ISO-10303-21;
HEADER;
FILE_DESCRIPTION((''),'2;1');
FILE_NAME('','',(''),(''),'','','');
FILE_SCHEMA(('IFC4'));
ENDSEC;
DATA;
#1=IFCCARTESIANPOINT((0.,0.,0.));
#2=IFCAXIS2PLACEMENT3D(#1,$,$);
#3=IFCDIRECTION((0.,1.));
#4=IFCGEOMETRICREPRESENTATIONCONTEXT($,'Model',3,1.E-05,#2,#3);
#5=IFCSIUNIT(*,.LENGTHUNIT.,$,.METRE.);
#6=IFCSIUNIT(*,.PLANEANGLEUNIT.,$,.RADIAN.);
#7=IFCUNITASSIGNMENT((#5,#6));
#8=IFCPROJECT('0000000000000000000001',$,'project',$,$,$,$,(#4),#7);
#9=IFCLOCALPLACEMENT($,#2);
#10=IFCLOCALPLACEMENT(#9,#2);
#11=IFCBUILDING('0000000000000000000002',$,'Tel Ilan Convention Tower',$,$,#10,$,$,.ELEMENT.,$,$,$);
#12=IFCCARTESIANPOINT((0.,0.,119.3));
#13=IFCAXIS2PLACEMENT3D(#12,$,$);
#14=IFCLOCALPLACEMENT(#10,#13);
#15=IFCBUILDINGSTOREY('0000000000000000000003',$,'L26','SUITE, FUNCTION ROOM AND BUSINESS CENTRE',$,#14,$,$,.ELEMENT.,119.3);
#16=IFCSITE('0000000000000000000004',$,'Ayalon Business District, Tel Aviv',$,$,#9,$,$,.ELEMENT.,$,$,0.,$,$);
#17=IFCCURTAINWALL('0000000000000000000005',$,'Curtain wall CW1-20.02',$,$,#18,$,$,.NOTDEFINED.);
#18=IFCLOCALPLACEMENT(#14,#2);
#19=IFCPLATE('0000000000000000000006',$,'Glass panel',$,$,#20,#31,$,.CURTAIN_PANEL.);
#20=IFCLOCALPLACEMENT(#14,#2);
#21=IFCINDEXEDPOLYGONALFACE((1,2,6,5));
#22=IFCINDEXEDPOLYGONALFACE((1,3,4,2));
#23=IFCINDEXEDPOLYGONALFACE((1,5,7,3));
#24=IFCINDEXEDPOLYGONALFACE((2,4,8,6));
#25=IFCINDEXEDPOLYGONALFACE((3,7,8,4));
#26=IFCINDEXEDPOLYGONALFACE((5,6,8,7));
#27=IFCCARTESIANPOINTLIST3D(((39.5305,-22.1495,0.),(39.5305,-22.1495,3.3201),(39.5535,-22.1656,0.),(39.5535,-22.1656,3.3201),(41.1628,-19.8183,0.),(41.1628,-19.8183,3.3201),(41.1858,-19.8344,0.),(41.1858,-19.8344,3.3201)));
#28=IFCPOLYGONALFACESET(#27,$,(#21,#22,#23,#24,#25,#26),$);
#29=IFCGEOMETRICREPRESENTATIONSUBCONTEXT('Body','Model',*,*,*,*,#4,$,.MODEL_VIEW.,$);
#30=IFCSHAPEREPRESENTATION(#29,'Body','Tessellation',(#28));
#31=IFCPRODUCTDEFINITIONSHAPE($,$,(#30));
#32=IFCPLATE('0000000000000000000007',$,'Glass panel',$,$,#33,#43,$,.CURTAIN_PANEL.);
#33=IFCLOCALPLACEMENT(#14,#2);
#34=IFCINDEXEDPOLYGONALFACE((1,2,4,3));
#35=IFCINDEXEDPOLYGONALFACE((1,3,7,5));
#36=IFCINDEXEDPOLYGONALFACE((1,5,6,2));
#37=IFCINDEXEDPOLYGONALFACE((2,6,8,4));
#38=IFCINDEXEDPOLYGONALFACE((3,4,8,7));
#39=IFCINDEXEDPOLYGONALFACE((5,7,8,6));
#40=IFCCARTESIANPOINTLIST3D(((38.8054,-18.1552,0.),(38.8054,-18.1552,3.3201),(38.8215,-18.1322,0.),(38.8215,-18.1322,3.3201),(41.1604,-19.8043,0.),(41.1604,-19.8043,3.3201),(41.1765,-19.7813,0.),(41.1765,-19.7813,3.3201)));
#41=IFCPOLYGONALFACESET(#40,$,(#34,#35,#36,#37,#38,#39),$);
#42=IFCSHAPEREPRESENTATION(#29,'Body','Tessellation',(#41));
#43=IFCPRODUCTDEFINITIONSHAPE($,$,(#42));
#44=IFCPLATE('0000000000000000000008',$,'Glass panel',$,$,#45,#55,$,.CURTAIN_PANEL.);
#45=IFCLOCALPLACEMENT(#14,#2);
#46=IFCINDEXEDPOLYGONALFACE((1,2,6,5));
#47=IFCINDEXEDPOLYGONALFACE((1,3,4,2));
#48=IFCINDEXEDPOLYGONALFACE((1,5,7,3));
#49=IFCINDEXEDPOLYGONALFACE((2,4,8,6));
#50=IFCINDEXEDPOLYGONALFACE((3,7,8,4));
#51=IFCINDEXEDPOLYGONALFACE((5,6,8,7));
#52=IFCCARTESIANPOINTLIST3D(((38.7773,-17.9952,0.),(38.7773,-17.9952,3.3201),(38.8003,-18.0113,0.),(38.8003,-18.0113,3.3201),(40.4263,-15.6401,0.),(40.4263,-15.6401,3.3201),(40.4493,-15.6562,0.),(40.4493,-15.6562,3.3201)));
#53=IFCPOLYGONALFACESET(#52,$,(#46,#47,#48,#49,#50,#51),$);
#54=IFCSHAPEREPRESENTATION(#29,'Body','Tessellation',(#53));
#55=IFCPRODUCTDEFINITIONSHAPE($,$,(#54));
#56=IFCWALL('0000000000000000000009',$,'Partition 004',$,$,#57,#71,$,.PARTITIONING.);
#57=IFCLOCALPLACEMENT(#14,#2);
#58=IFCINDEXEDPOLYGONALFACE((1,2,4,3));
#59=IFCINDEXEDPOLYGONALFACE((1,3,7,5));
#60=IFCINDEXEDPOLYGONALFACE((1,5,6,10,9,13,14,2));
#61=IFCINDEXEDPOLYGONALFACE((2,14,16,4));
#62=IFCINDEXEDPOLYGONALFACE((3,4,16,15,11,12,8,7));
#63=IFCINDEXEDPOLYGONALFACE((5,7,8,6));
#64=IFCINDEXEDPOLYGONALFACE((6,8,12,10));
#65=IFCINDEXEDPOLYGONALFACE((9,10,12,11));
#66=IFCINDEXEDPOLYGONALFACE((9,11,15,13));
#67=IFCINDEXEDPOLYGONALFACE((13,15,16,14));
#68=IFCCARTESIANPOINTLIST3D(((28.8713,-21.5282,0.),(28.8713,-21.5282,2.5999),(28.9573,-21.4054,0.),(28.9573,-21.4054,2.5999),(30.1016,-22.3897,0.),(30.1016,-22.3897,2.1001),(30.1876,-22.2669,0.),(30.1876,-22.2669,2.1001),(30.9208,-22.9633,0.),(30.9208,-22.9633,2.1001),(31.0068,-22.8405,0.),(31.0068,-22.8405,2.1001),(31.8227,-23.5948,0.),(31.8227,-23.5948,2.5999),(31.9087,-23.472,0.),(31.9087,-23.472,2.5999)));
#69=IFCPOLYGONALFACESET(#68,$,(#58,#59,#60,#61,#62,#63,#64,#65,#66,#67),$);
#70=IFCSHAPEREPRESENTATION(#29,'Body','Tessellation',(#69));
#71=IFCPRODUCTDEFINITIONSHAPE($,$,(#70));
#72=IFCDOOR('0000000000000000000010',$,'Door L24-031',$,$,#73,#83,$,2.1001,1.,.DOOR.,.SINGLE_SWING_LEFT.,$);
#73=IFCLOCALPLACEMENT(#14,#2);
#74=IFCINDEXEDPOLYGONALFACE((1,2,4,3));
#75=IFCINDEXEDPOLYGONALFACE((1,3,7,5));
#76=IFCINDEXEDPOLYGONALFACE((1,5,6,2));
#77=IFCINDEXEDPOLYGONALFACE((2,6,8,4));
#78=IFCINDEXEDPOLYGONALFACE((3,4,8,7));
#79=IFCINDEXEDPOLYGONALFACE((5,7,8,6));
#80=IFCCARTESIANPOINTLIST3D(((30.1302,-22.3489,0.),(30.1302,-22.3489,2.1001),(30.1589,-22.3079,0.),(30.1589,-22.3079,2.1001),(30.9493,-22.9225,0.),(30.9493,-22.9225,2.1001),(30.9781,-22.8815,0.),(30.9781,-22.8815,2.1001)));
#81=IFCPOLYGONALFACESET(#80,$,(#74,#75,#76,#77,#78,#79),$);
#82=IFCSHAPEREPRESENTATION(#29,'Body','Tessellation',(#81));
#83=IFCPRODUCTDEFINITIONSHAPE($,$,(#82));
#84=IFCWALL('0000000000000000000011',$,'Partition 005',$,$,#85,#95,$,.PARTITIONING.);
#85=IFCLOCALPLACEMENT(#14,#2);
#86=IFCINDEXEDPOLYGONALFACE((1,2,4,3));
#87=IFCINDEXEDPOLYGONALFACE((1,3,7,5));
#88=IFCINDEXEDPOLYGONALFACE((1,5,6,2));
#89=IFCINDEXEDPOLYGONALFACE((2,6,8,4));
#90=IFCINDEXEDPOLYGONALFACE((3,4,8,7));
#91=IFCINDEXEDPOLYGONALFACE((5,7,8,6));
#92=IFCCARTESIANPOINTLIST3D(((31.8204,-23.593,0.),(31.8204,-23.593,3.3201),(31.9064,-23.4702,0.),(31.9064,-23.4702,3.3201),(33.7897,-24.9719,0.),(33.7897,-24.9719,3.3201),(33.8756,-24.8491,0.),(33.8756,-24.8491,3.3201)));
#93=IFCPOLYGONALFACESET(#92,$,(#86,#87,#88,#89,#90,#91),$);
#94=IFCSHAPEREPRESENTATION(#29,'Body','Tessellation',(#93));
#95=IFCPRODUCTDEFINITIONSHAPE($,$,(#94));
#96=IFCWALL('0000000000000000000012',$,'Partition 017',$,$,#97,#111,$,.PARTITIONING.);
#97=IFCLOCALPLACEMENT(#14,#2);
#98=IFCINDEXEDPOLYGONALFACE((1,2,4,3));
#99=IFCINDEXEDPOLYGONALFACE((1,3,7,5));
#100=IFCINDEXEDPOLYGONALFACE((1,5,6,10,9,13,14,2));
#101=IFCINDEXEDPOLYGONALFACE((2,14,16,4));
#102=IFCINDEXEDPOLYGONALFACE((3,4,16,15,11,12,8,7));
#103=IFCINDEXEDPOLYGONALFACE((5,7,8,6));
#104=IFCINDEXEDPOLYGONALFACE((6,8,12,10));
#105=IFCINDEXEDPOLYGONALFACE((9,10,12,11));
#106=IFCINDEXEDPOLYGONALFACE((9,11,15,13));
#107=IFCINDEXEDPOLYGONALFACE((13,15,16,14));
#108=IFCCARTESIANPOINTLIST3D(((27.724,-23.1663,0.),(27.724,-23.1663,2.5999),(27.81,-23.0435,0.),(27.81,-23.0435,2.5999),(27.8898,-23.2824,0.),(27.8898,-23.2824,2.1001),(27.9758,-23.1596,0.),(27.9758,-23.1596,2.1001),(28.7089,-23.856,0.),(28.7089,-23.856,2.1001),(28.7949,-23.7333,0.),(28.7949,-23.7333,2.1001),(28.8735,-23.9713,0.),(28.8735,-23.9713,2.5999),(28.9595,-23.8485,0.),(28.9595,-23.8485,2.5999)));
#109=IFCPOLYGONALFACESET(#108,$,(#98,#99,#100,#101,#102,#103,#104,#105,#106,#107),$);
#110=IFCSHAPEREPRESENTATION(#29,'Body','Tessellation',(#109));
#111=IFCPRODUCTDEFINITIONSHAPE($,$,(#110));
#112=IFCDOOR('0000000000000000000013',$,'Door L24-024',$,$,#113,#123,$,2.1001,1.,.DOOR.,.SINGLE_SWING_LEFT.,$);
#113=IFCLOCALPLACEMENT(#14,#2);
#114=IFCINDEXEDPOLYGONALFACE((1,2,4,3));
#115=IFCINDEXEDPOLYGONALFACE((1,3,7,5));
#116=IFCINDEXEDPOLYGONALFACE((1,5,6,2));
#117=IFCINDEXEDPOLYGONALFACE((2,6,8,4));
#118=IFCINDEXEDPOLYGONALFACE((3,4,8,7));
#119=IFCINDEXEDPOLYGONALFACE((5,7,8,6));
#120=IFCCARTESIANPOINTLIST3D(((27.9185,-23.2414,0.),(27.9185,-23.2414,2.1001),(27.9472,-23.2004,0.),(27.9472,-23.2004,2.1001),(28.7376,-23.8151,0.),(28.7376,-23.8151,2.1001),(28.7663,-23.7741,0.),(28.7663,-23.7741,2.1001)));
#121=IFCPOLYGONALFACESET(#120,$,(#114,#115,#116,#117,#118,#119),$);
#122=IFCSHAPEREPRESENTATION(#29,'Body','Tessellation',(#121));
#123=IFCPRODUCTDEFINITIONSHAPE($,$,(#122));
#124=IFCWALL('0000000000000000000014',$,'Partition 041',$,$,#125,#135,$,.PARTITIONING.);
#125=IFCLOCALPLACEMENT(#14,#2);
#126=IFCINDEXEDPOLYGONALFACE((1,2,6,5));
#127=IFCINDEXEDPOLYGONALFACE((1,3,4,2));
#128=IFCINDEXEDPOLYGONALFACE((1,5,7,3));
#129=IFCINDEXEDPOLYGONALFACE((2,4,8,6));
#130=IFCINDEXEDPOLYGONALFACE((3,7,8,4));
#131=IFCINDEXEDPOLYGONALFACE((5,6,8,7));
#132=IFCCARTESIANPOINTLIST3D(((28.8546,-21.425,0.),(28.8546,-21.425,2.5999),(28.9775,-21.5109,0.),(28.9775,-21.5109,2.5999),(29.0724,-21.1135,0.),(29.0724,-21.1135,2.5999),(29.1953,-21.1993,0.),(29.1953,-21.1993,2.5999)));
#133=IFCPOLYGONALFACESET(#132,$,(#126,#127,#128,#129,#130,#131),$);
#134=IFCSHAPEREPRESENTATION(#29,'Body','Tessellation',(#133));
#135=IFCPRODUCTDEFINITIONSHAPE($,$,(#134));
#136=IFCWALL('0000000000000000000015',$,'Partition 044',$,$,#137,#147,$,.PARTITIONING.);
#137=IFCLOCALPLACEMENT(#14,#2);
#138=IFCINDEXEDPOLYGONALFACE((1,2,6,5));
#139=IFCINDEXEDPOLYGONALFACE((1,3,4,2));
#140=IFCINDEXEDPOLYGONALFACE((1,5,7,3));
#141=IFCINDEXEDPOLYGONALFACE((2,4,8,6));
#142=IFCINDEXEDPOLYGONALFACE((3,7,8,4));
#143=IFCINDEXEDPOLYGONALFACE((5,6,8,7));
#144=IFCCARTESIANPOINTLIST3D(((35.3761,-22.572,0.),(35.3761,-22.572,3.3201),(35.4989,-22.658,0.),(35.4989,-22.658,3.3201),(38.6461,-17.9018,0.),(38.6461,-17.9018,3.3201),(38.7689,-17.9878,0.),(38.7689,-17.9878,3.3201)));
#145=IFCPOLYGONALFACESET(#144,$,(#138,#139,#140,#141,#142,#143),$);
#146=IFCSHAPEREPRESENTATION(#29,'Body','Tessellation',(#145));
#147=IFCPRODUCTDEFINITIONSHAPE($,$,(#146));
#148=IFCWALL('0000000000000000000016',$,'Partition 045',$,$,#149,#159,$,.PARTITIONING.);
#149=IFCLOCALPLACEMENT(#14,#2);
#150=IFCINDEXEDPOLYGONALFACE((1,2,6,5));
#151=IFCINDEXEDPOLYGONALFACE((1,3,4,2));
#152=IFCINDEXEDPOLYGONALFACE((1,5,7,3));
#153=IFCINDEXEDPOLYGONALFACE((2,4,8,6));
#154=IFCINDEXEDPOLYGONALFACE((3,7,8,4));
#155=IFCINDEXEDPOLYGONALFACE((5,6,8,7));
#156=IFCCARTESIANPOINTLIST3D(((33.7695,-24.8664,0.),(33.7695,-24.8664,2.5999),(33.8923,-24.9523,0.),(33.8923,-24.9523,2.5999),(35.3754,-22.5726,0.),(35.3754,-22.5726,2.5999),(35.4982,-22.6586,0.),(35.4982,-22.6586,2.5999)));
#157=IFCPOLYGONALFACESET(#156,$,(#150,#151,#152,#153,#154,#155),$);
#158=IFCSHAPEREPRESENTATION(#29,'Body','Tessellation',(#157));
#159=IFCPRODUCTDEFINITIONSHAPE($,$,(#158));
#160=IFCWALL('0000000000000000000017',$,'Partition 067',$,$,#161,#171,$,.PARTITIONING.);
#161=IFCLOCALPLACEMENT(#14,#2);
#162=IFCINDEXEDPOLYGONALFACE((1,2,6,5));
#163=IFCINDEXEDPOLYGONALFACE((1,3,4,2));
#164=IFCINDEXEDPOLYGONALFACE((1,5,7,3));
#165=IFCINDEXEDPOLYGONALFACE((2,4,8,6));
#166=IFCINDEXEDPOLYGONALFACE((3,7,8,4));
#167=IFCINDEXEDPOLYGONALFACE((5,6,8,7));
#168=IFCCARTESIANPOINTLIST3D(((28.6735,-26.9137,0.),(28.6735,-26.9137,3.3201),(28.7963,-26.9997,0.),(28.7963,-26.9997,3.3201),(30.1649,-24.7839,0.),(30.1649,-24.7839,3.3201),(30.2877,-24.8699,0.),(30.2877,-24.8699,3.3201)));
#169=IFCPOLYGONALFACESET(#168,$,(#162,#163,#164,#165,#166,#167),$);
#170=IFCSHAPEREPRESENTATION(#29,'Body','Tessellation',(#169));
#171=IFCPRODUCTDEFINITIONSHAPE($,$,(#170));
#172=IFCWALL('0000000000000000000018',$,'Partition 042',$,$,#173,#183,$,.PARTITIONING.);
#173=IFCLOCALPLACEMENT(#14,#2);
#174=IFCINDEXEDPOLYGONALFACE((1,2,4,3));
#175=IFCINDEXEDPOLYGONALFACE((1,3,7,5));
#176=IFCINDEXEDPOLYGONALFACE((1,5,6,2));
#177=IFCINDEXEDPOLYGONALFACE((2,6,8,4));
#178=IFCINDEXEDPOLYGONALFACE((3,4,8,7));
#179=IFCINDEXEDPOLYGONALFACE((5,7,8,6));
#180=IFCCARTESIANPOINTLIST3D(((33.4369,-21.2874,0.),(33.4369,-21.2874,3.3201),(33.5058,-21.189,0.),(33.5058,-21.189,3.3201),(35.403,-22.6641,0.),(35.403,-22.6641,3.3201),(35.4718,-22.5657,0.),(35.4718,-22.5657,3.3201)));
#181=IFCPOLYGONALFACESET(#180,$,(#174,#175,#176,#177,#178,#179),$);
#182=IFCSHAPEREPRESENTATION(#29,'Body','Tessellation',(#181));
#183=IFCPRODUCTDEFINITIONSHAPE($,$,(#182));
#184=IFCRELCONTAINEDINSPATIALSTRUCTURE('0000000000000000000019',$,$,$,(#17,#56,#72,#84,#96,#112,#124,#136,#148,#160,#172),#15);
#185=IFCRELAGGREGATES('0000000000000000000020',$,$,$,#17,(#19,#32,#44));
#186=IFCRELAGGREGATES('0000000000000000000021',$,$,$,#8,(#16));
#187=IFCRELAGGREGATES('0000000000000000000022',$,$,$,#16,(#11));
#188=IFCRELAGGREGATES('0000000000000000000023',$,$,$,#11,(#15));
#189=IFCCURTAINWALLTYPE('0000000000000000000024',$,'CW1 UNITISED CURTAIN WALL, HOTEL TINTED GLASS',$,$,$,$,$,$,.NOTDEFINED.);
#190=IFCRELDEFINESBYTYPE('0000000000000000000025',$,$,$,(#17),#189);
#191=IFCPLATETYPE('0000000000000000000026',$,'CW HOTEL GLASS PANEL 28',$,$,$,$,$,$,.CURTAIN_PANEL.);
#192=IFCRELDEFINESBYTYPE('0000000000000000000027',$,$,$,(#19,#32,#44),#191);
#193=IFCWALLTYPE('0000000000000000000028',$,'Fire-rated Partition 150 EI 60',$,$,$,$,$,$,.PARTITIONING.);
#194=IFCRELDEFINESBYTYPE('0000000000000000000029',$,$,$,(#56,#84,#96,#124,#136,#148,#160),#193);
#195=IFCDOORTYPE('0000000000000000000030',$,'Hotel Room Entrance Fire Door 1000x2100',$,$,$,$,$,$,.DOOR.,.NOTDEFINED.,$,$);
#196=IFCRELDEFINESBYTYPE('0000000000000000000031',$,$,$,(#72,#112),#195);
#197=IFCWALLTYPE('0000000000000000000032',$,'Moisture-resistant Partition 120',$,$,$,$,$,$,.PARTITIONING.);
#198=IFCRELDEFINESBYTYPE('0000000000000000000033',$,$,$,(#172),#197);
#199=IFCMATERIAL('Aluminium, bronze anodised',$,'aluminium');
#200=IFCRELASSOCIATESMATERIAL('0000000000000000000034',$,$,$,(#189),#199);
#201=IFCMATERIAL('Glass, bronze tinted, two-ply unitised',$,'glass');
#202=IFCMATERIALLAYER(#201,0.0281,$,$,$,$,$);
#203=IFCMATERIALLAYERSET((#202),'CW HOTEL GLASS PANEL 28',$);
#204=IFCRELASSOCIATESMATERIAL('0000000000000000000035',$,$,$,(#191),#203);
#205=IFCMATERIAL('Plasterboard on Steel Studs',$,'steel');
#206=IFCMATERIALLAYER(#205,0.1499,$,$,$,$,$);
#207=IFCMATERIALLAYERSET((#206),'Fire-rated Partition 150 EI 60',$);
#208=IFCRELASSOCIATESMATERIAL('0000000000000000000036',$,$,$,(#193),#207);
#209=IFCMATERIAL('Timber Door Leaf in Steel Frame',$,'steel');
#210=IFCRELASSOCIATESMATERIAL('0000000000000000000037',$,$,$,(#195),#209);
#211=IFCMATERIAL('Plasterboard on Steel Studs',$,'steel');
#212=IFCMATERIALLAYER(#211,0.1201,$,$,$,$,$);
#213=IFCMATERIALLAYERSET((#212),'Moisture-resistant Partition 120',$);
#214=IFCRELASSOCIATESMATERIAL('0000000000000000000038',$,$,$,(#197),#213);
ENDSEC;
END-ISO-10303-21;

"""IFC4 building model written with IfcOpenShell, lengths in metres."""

from ifc_helpers import new_model, si_unit, direction, frame, frame_2d, origin, origin_2d, place, context, subcontext, project, spatial, rectangle, extrude, material, layer, layer_set, type_object, element, fill, aggregate, save


model = new_model("IFC4")

# Units and contexts
model_context = context("Model", 3, precision=1e-05, world=origin(), true_north=direction((0.0, 1.0)))
body_context = subcontext(model_context, "Body", "Model", "MODEL_VIEW")
ifc_project = project(units=[si_unit("LENGTHUNIT", "METRE"), si_unit("PLANEANGLEUNIT", "RADIAN")], contexts=[model_context])

# Site, building, storey
site_placement = place(None, origin())
site = spatial("IfcSite", under=ifc_project, at=site_placement, Name="Ayalon Business District, Tel Aviv", CompositionType="ELEMENT", RefElevation=0.0)
building_placement = place(site_placement, origin())
building = spatial("IfcBuilding", under=site, at=building_placement, Name="Tel Ilan Convention Tower", CompositionType="ELEMENT")
storey_placement = place(building_placement, frame((0.0, 0.0, 119.3)))
storey = spatial("IfcBuildingStorey", under=building, at=storey_placement, Name="L26", Description="SUITE, FUNCTION ROOM AND BUSINESS CENTRE", CompositionType="ELEMENT", Elevation=119.3)

# Curtain wall, plates
ifc_material_1 = material(Name="Aluminium, bronze anodised", Category="aluminium")
curtain_wall_type = type_object("IfcCurtainWallType", Name="CW1 UNITISED CURTAIN WALL, HOTEL TINTED GLASS", PredefinedType="NOTDEFINED", material=ifc_material_1)
curtain_wall_placement = place(storey_placement, origin())
curtain_wall = element("IfcCurtainWall", 1, at=curtain_wall_placement, inside=storey, type_object=curtain_wall_type, Name="Curtain wall CW1-20.02", PredefinedType="NOTDEFINED")
ifc_material_2 = material(Name="Glass, bronze tinted, two-ply unitised", Category="glass")
ifc_layer_1 = layer(ifc_material_2, 0.0281)
ifc_layer_set_1 = layer_set([ifc_layer_1], Name="CW HOTEL GLASS PANEL 28")
plate_type = type_object("IfcPlateType", Name="CW HOTEL GLASS PANEL 28", PredefinedType="CURTAIN_PANEL", material=ifc_layer_set_1)
plate_1_placement = place(storey_placement, frame((40.3582, -20.9919, 0.0), z_axis=(0.0, 0.0, 1.0), x_axis=(0.573576, 0.819152, 0.0)))
plate_1 = element("IfcPlate", 2, at=plate_1_placement, type_object=plate_type, Name="Glass panel", PredefinedType="CURTAIN_PANEL", context=body_context, shape_type="SweptSolid", body=[
    extrude(rectangle(XDim=2.8459, YDim=0.0281, at=origin_2d()), origin(), (0.0, 0.0, 1.0), 3.3201),
])
plate_2_placement = place(storey_placement, frame((39.991, -18.9683, 0.0), z_axis=(0.0, 0.0, 1.0), x_axis=(-0.819152, 0.573576, 0.0)))
plate_2 = element("IfcPlate", 3, at=plate_2_placement, type_object=plate_type, Name="Glass panel", PredefinedType="CURTAIN_PANEL", context=body_context, shape_type="SweptSolid", body=[
    extrude(rectangle(XDim=2.875, YDim=0.0281, at=origin_2d()), origin(), (0.0, 0.0, 1.0), 3.3201),
])
plate_3_placement = place(storey_placement, frame((39.6133, -16.8257, 0.0), z_axis=(0.0, 0.0, 1.0), x_axis=(0.573576, 0.819152, 0.0)))
plate_3 = element("IfcPlate", 4, at=plate_3_placement, type_object=plate_type, Name="Glass panel", PredefinedType="CURTAIN_PANEL", context=body_context, shape_type="SweptSolid", body=[
    extrude(rectangle(XDim=2.875, YDim=0.0281, at=origin_2d()), origin(), (0.0, 0.0, 1.0), 3.3201),
])
aggregate(curtain_wall, [plate_1, plate_2, plate_3])

# Wall, opening, door
ifc_material_3 = material(Name="Plasterboard on Steel Studs", Category="steel")
ifc_layer_2 = layer(ifc_material_3, 0.1499)
ifc_layer_set_2 = layer_set([ifc_layer_2], Name="Fire-rated Partition 150 EI 60")
wall_type_1 = type_object("IfcWallType", Name="Fire-rated Partition 150 EI 60", PredefinedType="PARTITIONING", material=ifc_layer_set_2)
wall_1_placement = place(storey_placement, frame((28.9143, -21.4668, 0.0), z_axis=(0.0, 0.0, 1.0), x_axis=(0.819146, -0.573585, 0.0)))
wall_1 = element("IfcWall", 5, at=wall_1_placement, inside=storey, type_object=wall_type_1, Name="Partition 004", PredefinedType="PARTITIONING", context=body_context, shape_type="SweptSolid", body=[
    extrude(rectangle(XDim=3.603, YDim=0.1499, at=frame_2d((1.8015, 0.0))), origin(), (0.0, 0.0, 1.0), 2.5999),
])
opening_1_placement = place(wall_1_placement, frame((1.502, 0.0, 0.0)))
opening_1 = element("IfcOpeningElement", 6, at=opening_1_placement, cuts=wall_1, PredefinedType="OPENING", context=body_context, shape_type="SweptSolid", body=[
    extrude(rectangle(XDim=1.0, YDim=2.1001, at=frame_2d((0.5, 1.05))), frame((0.0, 0.085, 0.0), z_axis=(0.0, -1.0, 0.0), x_axis=(1.0, 0.0, 0.0)), (0.0, 0.0, 1.0), 0.1699),
])
ifc_material_4 = material(Name="Timber Door Leaf in Steel Frame", Category="steel")
door_type_1 = type_object("IfcDoorType", Name="Hotel Room Entrance Fire Door 1000x2100", OperationType="NOTDEFINED", PredefinedType="DOOR", material=ifc_material_4)
door_1_placement = place(opening_1_placement, origin())
door_1 = element("IfcDoor", 7, at=door_1_placement, inside=storey, type_object=door_type_1, Name="Door L24-031", OperationType="SINGLE_SWING_LEFT", OverallHeight=2.1001, OverallWidth=1.0, PredefinedType="DOOR", context=body_context, shape_type="SweptSolid", body=[
    extrude(rectangle(XDim=1.0, YDim=2.1001, at=frame_2d((0.5, 1.05))), frame((0.0, 0.0249, 0.0), z_axis=(0.0, -1.0, 0.0), x_axis=(1.0, 0.0, 0.0)), (0.0, 0.0, 1.0), 0.05),
])
fill(opening_1, door_1)

# Wall
wall_2_placement = place(storey_placement, frame((31.8633, -23.5315, 0.0), z_axis=(0.0, 0.0, 1.0), x_axis=(0.819146, -0.573585, 0.0)))
element("IfcWall", 8, at=wall_2_placement, inside=storey, type_object=wall_type_1, Name="Partition 005", PredefinedType="PARTITIONING", context=body_context, shape_type="SweptSolid", body=[
    extrude(rectangle(XDim=2.4041, YDim=0.1499, at=frame_2d((1.2021, 0.0))), origin(), (0.0, 0.0, 1.0), 3.3201),
])

# Wall, opening, door
wall_3_placement = place(storey_placement, frame((28.9165, -23.9099, 0.0), z_axis=(0.0, 0.0, 1.0), x_axis=(-0.819117, 0.573626, 0.0)))
wall_3 = element("IfcWall", 9, at=wall_3_placement, inside=storey, type_object=wall_type_1, Name="Partition 017", PredefinedType="PARTITIONING", context=body_context, shape_type="SweptSolid", body=[
    extrude(rectangle(XDim=1.4033, YDim=0.1499, at=frame_2d((0.7017, 0.0))), origin(), (0.0, 0.0, 1.0), 2.5999),
])
opening_2_placement = place(wall_3_placement, frame((0.2009, 0.0, 0.0)))
opening_2 = element("IfcOpeningElement", 10, at=opening_2_placement, cuts=wall_3, PredefinedType="OPENING", context=body_context, shape_type="SweptSolid", body=[
    extrude(rectangle(XDim=1.0, YDim=2.1001, at=frame_2d((0.5, 1.05))), frame((0.0, 0.085, 0.0), z_axis=(0.0, -1.0, 0.0), x_axis=(1.0, 0.0, 0.0)), (0.0, 0.0, 1.0), 0.1699),
])
door_2_placement = place(opening_2_placement, origin())
door_2 = element("IfcDoor", 11, at=door_2_placement, inside=storey, type_object=door_type_1, Name="Door L24-024", OperationType="SINGLE_SWING_LEFT", OverallHeight=2.1001, OverallWidth=1.0, PredefinedType="DOOR", context=body_context, shape_type="SweptSolid", body=[
    extrude(rectangle(XDim=1.0, YDim=2.1001, at=frame_2d((0.5, 1.05))), frame((0.0, 0.0249, 0.0), z_axis=(0.0, -1.0, 0.0), x_axis=(1.0, 0.0, 0.0)), (0.0, 0.0, 1.0), 0.05),
])
fill(opening_2, door_2)

# Walls
wall_4_placement = place(storey_placement, frame((29.1338, -21.1565, 0.0), z_axis=(0.0, 0.0, 1.0), x_axis=(-0.572945, -0.819594, 0.0)))
element("IfcWall", 12, at=wall_4_placement, inside=storey, type_object=wall_type_1, Name="Partition 041", PredefinedType="PARTITIONING", context=body_context, shape_type="SweptSolid", body=[
    extrude(rectangle(XDim=0.3801, YDim=0.1499, at=frame_2d((0.1899, 0.0))), origin(), (0.0, 0.0, 1.0), 2.5999),
])
wall_5_placement = place(storey_placement, frame((38.7075, -17.9448, 0.0), z_axis=(0.0, 0.0, 1.0), x_axis=(-0.573569, -0.819157, 0.0)))
element("IfcWall", 13, at=wall_5_placement, inside=storey, type_object=wall_type_1, Name="Partition 044", PredefinedType="PARTITIONING", context=body_context, shape_type="SweptSolid", body=[
    extrude(rectangle(XDim=5.7012, YDim=0.1499, at=frame_2d((2.8506, 0.0))), origin(), (0.0, 0.0, 1.0), 3.3201),
])
wall_6_placement = place(storey_placement, frame((35.4368, -22.6157, 0.0), z_axis=(0.0, 0.0, 1.0), x_axis=(-0.57355, -0.81917, 0.0)))
element("IfcWall", 14, at=wall_6_placement, inside=storey, type_object=wall_type_1, Name="Partition 045", PredefinedType="PARTITIONING", context=body_context, shape_type="SweptSolid", body=[
    extrude(rectangle(XDim=2.8, YDim=0.1499, at=frame_2d((1.3999, 0.0))), origin(), (0.0, 0.0, 1.0), 2.5999),
])
wall_7_placement = place(storey_placement, frame((30.2263, -24.8269, 0.0), z_axis=(0.0, 0.0, 1.0), x_axis=(-0.573601, -0.819135, 0.0)))
element("IfcWall", 15, at=wall_7_placement, inside=storey, type_object=wall_type_1, Name="Partition 067", PredefinedType="PARTITIONING", context=body_context, shape_type="SweptSolid", body=[
    extrude(rectangle(XDim=2.6001, YDim=0.1499, at=frame_2d((1.3, 0.0))), origin(), (0.0, 0.0, 1.0), 3.3201),
])
ifc_material_5 = material(Name="Plasterboard on Steel Studs", Category="steel")
ifc_layer_3 = layer(ifc_material_5, 0.1201)
ifc_layer_set_3 = layer_set([ifc_layer_3], Name="Moisture-resistant Partition 120")
wall_type_2 = type_object("IfcWallType", Name="Moisture-resistant Partition 120", PredefinedType="PARTITIONING", material=ifc_layer_set_3)
wall_8_placement = place(storey_placement, frame((35.4375, -22.615, 0.0), z_axis=(0.0, 0.0, 1.0), x_axis=(-0.819141, 0.573592, 0.0)))
element("IfcWall", 16, at=wall_8_placement, inside=storey, type_object=wall_type_2, Name="Partition 042", PredefinedType="PARTITIONING", context=body_context, shape_type="SweptSolid", body=[
    extrude(rectangle(XDim=2.4001, YDim=0.1201, at=frame_2d((1.2002, 0.0))), origin(), (0.0, 0.0, 1.0), 3.3201),
])

save(model, "model.ifc")
